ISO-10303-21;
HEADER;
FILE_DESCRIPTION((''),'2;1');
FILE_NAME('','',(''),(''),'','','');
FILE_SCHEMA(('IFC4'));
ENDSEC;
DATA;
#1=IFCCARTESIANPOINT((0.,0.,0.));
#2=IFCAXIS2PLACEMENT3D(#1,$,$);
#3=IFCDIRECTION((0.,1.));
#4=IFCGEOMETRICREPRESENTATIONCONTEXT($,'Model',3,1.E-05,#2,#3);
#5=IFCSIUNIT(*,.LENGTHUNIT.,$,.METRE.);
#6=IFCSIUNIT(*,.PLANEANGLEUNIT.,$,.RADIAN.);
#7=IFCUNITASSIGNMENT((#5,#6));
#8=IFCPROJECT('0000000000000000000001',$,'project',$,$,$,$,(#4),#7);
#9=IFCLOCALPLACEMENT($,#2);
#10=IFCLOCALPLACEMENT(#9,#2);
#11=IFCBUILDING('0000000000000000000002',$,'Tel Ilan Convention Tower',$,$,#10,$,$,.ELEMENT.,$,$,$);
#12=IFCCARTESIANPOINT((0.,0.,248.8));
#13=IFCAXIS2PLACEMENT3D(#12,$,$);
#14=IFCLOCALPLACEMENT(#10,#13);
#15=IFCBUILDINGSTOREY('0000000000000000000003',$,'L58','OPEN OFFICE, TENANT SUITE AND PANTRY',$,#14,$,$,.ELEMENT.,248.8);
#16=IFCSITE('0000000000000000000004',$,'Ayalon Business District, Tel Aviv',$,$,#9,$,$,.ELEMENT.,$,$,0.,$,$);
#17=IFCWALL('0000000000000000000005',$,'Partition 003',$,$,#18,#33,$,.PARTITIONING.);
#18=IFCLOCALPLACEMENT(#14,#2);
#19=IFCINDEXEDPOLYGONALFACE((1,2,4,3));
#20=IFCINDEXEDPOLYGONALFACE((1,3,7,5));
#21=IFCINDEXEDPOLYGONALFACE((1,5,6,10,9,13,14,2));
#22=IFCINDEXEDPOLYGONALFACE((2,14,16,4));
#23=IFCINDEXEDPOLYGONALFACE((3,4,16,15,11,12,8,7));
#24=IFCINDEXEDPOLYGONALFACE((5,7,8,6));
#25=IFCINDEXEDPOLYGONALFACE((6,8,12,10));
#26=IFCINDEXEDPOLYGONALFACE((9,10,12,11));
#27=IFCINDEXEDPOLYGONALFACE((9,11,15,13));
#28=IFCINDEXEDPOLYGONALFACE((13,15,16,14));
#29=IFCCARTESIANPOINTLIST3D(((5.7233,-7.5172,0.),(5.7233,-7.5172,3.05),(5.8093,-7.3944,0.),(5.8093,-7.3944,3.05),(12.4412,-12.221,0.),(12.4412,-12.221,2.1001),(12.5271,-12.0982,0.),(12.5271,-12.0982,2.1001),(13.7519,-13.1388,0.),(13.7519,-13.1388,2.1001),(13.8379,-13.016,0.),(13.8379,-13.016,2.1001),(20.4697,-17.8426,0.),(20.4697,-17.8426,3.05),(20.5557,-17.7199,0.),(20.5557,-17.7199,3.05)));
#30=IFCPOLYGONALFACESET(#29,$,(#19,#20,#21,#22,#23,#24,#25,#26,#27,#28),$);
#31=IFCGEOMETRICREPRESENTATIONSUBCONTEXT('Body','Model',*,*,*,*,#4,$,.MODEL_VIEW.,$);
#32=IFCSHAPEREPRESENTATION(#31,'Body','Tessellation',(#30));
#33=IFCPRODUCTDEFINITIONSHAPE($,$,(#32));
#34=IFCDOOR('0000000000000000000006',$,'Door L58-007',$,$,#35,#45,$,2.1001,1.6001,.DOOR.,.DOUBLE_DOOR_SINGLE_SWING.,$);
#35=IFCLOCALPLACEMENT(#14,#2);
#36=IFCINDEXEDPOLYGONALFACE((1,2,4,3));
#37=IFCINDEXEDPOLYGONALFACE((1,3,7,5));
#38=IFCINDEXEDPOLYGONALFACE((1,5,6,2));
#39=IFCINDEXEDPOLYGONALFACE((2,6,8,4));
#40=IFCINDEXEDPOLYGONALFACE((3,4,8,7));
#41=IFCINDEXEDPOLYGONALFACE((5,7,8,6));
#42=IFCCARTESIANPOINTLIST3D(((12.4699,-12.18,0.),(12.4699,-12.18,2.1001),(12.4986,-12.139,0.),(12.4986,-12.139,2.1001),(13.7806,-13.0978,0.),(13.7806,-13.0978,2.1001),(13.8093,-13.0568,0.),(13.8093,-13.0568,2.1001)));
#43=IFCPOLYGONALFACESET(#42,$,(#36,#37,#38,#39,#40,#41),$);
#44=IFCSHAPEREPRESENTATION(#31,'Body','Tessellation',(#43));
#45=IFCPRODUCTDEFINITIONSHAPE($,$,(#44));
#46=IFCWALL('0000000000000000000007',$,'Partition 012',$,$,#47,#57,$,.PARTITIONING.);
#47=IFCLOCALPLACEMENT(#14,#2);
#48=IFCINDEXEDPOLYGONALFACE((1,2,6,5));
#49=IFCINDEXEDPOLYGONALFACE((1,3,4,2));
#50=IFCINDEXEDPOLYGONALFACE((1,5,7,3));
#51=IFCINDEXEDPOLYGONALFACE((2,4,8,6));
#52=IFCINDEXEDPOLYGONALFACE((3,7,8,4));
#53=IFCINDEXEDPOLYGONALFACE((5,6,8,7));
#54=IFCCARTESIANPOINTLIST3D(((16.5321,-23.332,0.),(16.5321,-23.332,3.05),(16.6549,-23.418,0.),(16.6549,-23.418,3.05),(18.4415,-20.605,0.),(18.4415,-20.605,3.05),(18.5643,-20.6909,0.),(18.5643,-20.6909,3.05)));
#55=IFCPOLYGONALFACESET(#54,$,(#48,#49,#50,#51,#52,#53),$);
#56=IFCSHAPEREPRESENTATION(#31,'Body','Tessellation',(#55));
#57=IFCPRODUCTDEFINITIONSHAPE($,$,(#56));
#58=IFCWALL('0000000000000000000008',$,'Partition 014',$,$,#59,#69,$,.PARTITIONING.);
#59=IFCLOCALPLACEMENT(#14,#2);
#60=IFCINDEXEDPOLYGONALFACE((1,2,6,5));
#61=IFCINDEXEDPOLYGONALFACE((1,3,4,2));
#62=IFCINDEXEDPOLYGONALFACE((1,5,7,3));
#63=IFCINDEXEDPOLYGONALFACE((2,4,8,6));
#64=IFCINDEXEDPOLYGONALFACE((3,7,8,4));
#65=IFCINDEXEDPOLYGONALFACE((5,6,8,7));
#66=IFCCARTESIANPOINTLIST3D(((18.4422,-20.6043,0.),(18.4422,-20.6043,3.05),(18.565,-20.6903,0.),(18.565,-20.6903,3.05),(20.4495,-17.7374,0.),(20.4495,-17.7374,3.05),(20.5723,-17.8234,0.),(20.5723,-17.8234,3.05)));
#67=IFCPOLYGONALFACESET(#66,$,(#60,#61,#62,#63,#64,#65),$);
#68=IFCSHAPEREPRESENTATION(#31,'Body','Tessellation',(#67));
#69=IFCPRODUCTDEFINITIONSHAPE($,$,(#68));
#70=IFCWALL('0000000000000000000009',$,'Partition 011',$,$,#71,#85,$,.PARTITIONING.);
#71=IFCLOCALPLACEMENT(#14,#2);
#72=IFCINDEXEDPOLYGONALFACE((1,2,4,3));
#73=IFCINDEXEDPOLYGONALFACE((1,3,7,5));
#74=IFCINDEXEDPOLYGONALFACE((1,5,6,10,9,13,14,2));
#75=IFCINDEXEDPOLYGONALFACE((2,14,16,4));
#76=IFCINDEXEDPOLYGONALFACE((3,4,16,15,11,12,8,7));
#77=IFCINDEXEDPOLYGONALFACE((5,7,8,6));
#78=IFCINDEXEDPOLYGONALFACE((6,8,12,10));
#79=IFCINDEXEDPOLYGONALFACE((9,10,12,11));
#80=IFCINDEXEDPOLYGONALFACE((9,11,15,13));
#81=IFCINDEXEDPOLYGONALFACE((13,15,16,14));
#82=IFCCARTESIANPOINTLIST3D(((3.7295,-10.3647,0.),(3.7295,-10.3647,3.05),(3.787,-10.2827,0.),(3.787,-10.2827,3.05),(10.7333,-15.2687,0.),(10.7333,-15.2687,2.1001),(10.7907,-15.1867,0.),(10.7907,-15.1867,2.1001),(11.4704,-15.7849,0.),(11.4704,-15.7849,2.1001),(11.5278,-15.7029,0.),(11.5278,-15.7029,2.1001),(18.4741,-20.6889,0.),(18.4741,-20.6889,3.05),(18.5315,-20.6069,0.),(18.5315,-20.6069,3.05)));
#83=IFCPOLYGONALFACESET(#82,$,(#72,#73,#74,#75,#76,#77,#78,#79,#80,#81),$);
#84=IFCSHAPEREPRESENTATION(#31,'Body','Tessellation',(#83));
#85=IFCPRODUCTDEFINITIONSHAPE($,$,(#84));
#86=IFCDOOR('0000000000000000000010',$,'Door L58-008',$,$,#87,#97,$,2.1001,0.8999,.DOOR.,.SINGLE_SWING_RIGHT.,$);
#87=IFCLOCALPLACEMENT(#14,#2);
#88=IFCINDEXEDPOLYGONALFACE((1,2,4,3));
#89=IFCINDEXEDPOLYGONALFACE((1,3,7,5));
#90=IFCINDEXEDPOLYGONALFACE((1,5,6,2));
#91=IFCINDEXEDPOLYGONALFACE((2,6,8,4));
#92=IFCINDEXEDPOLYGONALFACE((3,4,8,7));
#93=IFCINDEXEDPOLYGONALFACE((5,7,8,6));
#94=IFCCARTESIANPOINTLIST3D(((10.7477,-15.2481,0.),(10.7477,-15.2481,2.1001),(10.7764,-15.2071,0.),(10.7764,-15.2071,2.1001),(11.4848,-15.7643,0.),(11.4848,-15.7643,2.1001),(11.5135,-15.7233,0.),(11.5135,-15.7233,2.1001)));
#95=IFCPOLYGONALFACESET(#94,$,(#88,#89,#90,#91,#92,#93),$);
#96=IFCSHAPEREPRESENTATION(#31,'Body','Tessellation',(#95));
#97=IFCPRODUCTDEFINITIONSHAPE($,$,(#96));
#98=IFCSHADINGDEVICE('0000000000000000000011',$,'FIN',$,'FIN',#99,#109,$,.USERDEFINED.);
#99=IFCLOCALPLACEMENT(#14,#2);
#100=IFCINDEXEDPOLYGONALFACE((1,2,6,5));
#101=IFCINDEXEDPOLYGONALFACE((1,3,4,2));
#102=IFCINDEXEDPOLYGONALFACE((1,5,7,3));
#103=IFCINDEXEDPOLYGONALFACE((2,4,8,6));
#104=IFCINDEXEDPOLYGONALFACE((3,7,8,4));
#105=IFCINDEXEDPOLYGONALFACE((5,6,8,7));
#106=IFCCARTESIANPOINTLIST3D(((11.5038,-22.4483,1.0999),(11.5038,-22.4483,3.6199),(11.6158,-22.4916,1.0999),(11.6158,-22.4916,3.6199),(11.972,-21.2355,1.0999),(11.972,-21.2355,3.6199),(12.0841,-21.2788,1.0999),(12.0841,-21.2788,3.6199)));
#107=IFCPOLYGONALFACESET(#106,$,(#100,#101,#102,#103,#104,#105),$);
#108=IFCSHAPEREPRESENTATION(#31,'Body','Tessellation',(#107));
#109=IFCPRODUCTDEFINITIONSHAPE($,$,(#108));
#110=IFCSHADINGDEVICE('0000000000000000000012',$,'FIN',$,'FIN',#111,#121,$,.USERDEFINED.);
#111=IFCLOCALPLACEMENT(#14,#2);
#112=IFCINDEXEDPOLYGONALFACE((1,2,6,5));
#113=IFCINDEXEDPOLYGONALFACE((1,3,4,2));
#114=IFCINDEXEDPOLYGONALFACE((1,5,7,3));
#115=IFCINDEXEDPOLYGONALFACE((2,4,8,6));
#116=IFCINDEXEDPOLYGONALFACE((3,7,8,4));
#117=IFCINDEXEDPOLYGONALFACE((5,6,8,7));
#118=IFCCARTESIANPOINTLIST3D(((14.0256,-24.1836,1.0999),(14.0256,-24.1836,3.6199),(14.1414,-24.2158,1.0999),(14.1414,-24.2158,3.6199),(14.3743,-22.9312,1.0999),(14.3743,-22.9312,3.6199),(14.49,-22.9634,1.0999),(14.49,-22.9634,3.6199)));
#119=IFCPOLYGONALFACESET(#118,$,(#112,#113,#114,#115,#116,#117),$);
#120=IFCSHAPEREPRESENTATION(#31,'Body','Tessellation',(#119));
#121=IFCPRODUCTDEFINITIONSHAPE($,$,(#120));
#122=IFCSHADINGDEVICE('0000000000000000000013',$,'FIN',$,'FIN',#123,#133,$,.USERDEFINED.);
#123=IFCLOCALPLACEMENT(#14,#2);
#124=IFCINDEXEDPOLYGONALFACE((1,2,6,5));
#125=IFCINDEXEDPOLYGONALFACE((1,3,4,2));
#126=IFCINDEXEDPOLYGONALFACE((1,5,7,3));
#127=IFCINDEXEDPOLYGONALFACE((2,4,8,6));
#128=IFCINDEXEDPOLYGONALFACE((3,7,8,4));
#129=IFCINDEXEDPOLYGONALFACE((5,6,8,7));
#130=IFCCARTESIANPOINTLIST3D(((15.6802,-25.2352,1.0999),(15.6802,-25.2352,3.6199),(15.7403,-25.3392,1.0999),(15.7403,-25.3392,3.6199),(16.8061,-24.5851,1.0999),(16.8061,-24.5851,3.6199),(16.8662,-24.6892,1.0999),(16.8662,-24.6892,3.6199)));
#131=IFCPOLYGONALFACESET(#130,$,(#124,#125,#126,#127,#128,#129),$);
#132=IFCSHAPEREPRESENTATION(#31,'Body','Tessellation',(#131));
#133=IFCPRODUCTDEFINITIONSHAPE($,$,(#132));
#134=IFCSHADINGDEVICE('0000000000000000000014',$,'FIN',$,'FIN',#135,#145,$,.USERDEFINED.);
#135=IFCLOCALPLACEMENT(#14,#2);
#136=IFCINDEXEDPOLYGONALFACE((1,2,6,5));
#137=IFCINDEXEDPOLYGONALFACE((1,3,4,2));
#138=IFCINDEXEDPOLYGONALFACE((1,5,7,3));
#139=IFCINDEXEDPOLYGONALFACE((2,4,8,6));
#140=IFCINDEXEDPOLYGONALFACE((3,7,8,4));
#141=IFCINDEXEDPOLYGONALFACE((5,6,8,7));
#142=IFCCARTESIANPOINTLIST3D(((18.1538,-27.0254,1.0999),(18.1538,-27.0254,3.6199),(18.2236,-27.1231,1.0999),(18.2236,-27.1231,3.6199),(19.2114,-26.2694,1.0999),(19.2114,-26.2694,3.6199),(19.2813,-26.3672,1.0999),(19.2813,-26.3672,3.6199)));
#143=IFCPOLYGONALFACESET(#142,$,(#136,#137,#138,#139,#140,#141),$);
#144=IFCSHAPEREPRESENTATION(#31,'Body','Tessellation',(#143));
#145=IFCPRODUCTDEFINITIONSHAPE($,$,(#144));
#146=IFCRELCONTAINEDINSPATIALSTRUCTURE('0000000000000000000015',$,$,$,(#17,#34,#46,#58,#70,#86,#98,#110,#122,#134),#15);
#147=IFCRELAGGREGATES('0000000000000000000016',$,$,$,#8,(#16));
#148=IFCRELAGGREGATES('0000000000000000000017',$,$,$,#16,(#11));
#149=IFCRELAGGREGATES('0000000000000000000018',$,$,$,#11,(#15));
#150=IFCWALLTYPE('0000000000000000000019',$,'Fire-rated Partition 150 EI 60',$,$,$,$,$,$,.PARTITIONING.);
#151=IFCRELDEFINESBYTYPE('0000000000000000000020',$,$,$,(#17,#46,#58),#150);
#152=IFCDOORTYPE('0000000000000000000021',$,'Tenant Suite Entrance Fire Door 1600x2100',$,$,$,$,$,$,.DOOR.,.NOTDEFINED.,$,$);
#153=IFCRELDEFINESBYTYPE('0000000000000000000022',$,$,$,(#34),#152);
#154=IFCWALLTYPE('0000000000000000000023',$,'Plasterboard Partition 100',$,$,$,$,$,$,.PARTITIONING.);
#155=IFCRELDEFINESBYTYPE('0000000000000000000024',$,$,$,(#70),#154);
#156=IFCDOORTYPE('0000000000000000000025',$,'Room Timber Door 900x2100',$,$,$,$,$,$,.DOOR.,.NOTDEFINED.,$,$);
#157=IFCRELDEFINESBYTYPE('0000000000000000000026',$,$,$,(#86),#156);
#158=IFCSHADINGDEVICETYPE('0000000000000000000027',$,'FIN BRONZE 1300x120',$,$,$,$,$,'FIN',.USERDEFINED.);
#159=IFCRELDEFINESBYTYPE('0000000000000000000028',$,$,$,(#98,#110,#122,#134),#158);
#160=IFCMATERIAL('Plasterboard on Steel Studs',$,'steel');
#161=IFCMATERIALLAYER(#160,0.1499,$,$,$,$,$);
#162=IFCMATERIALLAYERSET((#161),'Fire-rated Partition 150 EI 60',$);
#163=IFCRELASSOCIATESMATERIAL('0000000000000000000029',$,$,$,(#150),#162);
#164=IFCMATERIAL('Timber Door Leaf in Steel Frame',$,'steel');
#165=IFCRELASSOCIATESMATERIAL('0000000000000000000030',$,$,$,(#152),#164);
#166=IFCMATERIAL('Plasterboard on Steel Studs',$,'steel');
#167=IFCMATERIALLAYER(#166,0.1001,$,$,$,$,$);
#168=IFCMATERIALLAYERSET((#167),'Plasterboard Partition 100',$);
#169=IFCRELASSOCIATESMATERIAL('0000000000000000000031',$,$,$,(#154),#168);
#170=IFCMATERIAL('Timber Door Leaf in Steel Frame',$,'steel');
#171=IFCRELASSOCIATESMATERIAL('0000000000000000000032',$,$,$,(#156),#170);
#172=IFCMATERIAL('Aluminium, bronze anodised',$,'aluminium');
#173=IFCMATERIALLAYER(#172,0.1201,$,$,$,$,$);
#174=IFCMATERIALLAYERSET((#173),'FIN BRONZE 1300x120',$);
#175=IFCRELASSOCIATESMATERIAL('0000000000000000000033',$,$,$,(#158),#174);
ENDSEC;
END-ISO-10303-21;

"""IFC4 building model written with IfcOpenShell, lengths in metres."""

from ifc_helpers import new_model, si_unit, direction, frame, frame_2d, origin, origin_2d, place, context, subcontext, project, spatial, rectangle, extrude, material, layer, layer_set, type_object, element, fill, save


model = new_model("IFC4")

# Units and contexts
model_context = context("Model", 3, precision=1e-05, world=origin(), true_north=direction((0.0, 1.0)))
body_context = subcontext(model_context, "Body", "Model", "MODEL_VIEW")
ifc_project = project(units=[si_unit("LENGTHUNIT", "METRE"), si_unit("PLANEANGLEUNIT", "RADIAN")], contexts=[model_context])

# Site, building, storey
site_placement = place(None, origin())
site = spatial("IfcSite", under=ifc_project, at=site_placement, Name="Ayalon Business District, Tel Aviv", CompositionType="ELEMENT", RefElevation=0.0)
building_placement = place(site_placement, origin())
building = spatial("IfcBuilding", under=site, at=building_placement, Name="Tel Ilan Convention Tower", CompositionType="ELEMENT")
storey_placement = place(building_placement, frame((0.0, 0.0, 248.8)))
storey = spatial("IfcBuildingStorey", under=building, at=storey_placement, Name="L58", Description="OPEN OFFICE, TENANT SUITE AND PANTRY", CompositionType="ELEMENT", Elevation=248.8)

# Wall, opening, door
ifc_material_1 = material(Name="Plasterboard on Steel Studs", Category="steel")
ifc_layer_1 = layer(ifc_material_1, 0.1499)
ifc_layer_set_1 = layer_set([ifc_layer_1], Name="Fire-rated Partition 150 EI 60")
wall_type_1 = type_object("IfcWallType", Name="Fire-rated Partition 150 EI 60", PredefinedType="PARTITIONING", material=ifc_layer_set_1)
wall_1_placement = place(storey_placement, frame((20.5127, -17.7812, 0.0), z_axis=(0.0, 0.0, 1.0), x_axis=(-0.819154, 0.573574, 0.0)))
wall_1 = element("IfcWall", 1, at=wall_1_placement, inside=storey, type_object=wall_type_1, Name="Partition 003", PredefinedType="PARTITIONING", context=body_context, shape_type="SweptSolid", body=[
    extrude(rectangle(XDim=18.002, YDim=0.1499, at=frame_2d((9.001, 0.0))), origin(), (0.0, 0.0, 1.0), 3.05),
])
opening_1_placement = place(wall_1_placement, frame((8.2009, 0.0, 0.0)))
opening_1 = element("IfcOpeningElement", 2, at=opening_1_placement, cuts=wall_1, PredefinedType="OPENING", context=body_context, shape_type="SweptSolid", body=[
    extrude(rectangle(XDim=1.6001, YDim=2.1001, at=frame_2d((0.8, 1.05))), frame((0.0, 0.085, 0.0), z_axis=(0.0, -1.0, 0.0), x_axis=(1.0, 0.0, 0.0)), (0.0, 0.0, 1.0), 0.1699),
])
ifc_material_2 = material(Name="Timber Door Leaf in Steel Frame", Category="steel")
door_type_1 = type_object("IfcDoorType", Name="Tenant Suite Entrance Fire Door 1600x2100", OperationType="NOTDEFINED", PredefinedType="DOOR", material=ifc_material_2)
door_1_placement = place(opening_1_placement, origin())
door_1 = element("IfcDoor", 3, at=door_1_placement, inside=storey, type_object=door_type_1, Name="Door L58-007", OperationType="DOUBLE_DOOR_SINGLE_SWING", OverallHeight=2.1001, OverallWidth=1.6001, PredefinedType="DOOR", context=body_context, shape_type="SweptSolid", body=[
    extrude(rectangle(XDim=1.6001, YDim=2.1001, at=frame_2d((0.8, 1.05))), frame((0.0, 0.0249, 0.0), z_axis=(0.0, -1.0, 0.0), x_axis=(1.0, 0.0, 0.0)), (0.0, 0.0, 1.0), 0.05),
])
fill(opening_1, door_1)

# Walls
wall_2_placement = place(storey_placement, frame((18.5029, -20.6479, 0.0), z_axis=(0.0, 0.0, 1.0), x_axis=(-0.573561, -0.819163, 0.0)))
element("IfcWall", 4, at=wall_2_placement, inside=storey, type_object=wall_type_1, Name="Partition 012", PredefinedType="PARTITIONING", context=body_context, shape_type="SweptSolid", body=[
    extrude(rectangle(XDim=3.3291, YDim=0.1499, at=frame_2d((1.6646, 0.0))), origin(), (0.0, 0.0, 1.0), 3.05),
])
wall_3_placement = place(storey_placement, frame((20.511, -17.7803, 0.0), z_axis=(0.0, 0.0, 1.0), x_axis=(-0.573551, -0.81917, 0.0)))
element("IfcWall", 5, at=wall_3_placement, inside=storey, type_object=wall_type_1, Name="Partition 014", PredefinedType="PARTITIONING", context=body_context, shape_type="SweptSolid", body=[
    extrude(rectangle(XDim=3.4998, YDim=0.1499, at=frame_2d((1.75, 0.0))), origin(), (0.0, 0.0, 1.0), 3.05),
])

# Wall, opening, door
ifc_material_3 = material(Name="Plasterboard on Steel Studs", Category="steel")
ifc_layer_2 = layer(ifc_material_3, 0.1001)
ifc_layer_set_2 = layer_set([ifc_layer_2], Name="Plasterboard Partition 100")
wall_type_2 = type_object("IfcWallType", Name="Plasterboard Partition 100", PredefinedType="PARTITIONING", material=ifc_layer_set_2)
wall_4_placement = place(storey_placement, frame((18.5029, -20.6479, 0.0), z_axis=(0.0, 0.0, 1.0), x_axis=(-0.819154, 0.573573, 0.0)))
wall_4 = element("IfcWall", 6, at=wall_4_placement, inside=storey, type_object=wall_type_2, Name="Partition 011", PredefinedType="PARTITIONING", context=body_context, shape_type="SweptSolid", body=[
    extrude(rectangle(XDim=17.9998, YDim=0.1001, at=frame_2d((9.0, 0.0))), origin(), (0.0, 0.0, 1.0), 3.05),
])
opening_2_placement = place(wall_4_placement, frame((8.55, 0.0, 0.0)))
opening_2 = element("IfcOpeningElement", 7, at=opening_2_placement, cuts=wall_4, PredefinedType="OPENING", context=body_context, shape_type="SweptSolid", body=[
    extrude(rectangle(XDim=0.8999, YDim=2.1001, at=frame_2d((0.45, 1.05))), frame((0.0, 0.0601, 0.0), z_axis=(0.0, -1.0, 0.0), x_axis=(1.0, 0.0, 0.0)), (0.0, 0.0, 1.0), 0.1201),
])
ifc_material_4 = material(Name="Timber Door Leaf in Steel Frame", Category="steel")
door_type_2 = type_object("IfcDoorType", Name="Room Timber Door 900x2100", OperationType="NOTDEFINED", PredefinedType="DOOR", material=ifc_material_4)
door_2_placement = place(opening_2_placement, origin())
door_2 = element("IfcDoor", 8, at=door_2_placement, inside=storey, type_object=door_type_2, Name="Door L58-008", OperationType="SINGLE_SWING_RIGHT", OverallHeight=2.1001, OverallWidth=0.8999, PredefinedType="DOOR", context=body_context, shape_type="SweptSolid", body=[
    extrude(rectangle(XDim=0.8999, YDim=2.1001, at=frame_2d((0.45, 1.05))), frame((0.0, 0.0249, 0.0), z_axis=(0.0, -1.0, 0.0), x_axis=(1.0, 0.0, 0.0)), (0.0, 0.0, 1.0), 0.05),
])
fill(opening_2, door_2)

# Shading devices
ifc_material_5 = material(Name="Aluminium, bronze anodised", Category="aluminium")
ifc_layer_3 = layer(ifc_material_5, 0.1201)
ifc_layer_set_3 = layer_set([ifc_layer_3], Name="FIN BRONZE 1300x120")
shading_device_type = type_object("IfcShadingDeviceType", Name="FIN BRONZE 1300x120", ElementType="FIN", PredefinedType="USERDEFINED", material=ifc_layer_set_3)
for number, where, z_axis, x_axis, name in (
    (9, (11.7939, -21.8635, 1.0999), (0.0, 0.0, 1.0), (-0.360178, -0.932884, 0.0), "FIN"),
    (10, (14.2578, -23.5735, 1.0999), (0.0, 0.0, 1.0), (-0.268173, -0.963371, 0.0), "FIN"),
    (11, (16.2732, -24.9622, 1.0999), (0.0, 0.0, 1.0), (-0.866025, -0.5, 0.0), "FIN"),
    (12, (18.7175, -26.6963, 1.0999), (0.0, 0.0, 1.0), (-0.813552, -0.581492, 0.0), "FIN"),
):
    element("IfcShadingDevice", number, at=place(storey_placement, frame(where, z_axis=z_axis, x_axis=x_axis)), inside=storey, type_object=shading_device_type, Name=name, ObjectType="FIN", PredefinedType="USERDEFINED", context=body_context, shape_type="SweptSolid", body=[
        extrude(rectangle(XDim=1.3, YDim=0.1201, at=origin_2d()), origin(), (0.0, 0.0, 1.0), 2.52),
    ])

save(model, "model.ifc")
